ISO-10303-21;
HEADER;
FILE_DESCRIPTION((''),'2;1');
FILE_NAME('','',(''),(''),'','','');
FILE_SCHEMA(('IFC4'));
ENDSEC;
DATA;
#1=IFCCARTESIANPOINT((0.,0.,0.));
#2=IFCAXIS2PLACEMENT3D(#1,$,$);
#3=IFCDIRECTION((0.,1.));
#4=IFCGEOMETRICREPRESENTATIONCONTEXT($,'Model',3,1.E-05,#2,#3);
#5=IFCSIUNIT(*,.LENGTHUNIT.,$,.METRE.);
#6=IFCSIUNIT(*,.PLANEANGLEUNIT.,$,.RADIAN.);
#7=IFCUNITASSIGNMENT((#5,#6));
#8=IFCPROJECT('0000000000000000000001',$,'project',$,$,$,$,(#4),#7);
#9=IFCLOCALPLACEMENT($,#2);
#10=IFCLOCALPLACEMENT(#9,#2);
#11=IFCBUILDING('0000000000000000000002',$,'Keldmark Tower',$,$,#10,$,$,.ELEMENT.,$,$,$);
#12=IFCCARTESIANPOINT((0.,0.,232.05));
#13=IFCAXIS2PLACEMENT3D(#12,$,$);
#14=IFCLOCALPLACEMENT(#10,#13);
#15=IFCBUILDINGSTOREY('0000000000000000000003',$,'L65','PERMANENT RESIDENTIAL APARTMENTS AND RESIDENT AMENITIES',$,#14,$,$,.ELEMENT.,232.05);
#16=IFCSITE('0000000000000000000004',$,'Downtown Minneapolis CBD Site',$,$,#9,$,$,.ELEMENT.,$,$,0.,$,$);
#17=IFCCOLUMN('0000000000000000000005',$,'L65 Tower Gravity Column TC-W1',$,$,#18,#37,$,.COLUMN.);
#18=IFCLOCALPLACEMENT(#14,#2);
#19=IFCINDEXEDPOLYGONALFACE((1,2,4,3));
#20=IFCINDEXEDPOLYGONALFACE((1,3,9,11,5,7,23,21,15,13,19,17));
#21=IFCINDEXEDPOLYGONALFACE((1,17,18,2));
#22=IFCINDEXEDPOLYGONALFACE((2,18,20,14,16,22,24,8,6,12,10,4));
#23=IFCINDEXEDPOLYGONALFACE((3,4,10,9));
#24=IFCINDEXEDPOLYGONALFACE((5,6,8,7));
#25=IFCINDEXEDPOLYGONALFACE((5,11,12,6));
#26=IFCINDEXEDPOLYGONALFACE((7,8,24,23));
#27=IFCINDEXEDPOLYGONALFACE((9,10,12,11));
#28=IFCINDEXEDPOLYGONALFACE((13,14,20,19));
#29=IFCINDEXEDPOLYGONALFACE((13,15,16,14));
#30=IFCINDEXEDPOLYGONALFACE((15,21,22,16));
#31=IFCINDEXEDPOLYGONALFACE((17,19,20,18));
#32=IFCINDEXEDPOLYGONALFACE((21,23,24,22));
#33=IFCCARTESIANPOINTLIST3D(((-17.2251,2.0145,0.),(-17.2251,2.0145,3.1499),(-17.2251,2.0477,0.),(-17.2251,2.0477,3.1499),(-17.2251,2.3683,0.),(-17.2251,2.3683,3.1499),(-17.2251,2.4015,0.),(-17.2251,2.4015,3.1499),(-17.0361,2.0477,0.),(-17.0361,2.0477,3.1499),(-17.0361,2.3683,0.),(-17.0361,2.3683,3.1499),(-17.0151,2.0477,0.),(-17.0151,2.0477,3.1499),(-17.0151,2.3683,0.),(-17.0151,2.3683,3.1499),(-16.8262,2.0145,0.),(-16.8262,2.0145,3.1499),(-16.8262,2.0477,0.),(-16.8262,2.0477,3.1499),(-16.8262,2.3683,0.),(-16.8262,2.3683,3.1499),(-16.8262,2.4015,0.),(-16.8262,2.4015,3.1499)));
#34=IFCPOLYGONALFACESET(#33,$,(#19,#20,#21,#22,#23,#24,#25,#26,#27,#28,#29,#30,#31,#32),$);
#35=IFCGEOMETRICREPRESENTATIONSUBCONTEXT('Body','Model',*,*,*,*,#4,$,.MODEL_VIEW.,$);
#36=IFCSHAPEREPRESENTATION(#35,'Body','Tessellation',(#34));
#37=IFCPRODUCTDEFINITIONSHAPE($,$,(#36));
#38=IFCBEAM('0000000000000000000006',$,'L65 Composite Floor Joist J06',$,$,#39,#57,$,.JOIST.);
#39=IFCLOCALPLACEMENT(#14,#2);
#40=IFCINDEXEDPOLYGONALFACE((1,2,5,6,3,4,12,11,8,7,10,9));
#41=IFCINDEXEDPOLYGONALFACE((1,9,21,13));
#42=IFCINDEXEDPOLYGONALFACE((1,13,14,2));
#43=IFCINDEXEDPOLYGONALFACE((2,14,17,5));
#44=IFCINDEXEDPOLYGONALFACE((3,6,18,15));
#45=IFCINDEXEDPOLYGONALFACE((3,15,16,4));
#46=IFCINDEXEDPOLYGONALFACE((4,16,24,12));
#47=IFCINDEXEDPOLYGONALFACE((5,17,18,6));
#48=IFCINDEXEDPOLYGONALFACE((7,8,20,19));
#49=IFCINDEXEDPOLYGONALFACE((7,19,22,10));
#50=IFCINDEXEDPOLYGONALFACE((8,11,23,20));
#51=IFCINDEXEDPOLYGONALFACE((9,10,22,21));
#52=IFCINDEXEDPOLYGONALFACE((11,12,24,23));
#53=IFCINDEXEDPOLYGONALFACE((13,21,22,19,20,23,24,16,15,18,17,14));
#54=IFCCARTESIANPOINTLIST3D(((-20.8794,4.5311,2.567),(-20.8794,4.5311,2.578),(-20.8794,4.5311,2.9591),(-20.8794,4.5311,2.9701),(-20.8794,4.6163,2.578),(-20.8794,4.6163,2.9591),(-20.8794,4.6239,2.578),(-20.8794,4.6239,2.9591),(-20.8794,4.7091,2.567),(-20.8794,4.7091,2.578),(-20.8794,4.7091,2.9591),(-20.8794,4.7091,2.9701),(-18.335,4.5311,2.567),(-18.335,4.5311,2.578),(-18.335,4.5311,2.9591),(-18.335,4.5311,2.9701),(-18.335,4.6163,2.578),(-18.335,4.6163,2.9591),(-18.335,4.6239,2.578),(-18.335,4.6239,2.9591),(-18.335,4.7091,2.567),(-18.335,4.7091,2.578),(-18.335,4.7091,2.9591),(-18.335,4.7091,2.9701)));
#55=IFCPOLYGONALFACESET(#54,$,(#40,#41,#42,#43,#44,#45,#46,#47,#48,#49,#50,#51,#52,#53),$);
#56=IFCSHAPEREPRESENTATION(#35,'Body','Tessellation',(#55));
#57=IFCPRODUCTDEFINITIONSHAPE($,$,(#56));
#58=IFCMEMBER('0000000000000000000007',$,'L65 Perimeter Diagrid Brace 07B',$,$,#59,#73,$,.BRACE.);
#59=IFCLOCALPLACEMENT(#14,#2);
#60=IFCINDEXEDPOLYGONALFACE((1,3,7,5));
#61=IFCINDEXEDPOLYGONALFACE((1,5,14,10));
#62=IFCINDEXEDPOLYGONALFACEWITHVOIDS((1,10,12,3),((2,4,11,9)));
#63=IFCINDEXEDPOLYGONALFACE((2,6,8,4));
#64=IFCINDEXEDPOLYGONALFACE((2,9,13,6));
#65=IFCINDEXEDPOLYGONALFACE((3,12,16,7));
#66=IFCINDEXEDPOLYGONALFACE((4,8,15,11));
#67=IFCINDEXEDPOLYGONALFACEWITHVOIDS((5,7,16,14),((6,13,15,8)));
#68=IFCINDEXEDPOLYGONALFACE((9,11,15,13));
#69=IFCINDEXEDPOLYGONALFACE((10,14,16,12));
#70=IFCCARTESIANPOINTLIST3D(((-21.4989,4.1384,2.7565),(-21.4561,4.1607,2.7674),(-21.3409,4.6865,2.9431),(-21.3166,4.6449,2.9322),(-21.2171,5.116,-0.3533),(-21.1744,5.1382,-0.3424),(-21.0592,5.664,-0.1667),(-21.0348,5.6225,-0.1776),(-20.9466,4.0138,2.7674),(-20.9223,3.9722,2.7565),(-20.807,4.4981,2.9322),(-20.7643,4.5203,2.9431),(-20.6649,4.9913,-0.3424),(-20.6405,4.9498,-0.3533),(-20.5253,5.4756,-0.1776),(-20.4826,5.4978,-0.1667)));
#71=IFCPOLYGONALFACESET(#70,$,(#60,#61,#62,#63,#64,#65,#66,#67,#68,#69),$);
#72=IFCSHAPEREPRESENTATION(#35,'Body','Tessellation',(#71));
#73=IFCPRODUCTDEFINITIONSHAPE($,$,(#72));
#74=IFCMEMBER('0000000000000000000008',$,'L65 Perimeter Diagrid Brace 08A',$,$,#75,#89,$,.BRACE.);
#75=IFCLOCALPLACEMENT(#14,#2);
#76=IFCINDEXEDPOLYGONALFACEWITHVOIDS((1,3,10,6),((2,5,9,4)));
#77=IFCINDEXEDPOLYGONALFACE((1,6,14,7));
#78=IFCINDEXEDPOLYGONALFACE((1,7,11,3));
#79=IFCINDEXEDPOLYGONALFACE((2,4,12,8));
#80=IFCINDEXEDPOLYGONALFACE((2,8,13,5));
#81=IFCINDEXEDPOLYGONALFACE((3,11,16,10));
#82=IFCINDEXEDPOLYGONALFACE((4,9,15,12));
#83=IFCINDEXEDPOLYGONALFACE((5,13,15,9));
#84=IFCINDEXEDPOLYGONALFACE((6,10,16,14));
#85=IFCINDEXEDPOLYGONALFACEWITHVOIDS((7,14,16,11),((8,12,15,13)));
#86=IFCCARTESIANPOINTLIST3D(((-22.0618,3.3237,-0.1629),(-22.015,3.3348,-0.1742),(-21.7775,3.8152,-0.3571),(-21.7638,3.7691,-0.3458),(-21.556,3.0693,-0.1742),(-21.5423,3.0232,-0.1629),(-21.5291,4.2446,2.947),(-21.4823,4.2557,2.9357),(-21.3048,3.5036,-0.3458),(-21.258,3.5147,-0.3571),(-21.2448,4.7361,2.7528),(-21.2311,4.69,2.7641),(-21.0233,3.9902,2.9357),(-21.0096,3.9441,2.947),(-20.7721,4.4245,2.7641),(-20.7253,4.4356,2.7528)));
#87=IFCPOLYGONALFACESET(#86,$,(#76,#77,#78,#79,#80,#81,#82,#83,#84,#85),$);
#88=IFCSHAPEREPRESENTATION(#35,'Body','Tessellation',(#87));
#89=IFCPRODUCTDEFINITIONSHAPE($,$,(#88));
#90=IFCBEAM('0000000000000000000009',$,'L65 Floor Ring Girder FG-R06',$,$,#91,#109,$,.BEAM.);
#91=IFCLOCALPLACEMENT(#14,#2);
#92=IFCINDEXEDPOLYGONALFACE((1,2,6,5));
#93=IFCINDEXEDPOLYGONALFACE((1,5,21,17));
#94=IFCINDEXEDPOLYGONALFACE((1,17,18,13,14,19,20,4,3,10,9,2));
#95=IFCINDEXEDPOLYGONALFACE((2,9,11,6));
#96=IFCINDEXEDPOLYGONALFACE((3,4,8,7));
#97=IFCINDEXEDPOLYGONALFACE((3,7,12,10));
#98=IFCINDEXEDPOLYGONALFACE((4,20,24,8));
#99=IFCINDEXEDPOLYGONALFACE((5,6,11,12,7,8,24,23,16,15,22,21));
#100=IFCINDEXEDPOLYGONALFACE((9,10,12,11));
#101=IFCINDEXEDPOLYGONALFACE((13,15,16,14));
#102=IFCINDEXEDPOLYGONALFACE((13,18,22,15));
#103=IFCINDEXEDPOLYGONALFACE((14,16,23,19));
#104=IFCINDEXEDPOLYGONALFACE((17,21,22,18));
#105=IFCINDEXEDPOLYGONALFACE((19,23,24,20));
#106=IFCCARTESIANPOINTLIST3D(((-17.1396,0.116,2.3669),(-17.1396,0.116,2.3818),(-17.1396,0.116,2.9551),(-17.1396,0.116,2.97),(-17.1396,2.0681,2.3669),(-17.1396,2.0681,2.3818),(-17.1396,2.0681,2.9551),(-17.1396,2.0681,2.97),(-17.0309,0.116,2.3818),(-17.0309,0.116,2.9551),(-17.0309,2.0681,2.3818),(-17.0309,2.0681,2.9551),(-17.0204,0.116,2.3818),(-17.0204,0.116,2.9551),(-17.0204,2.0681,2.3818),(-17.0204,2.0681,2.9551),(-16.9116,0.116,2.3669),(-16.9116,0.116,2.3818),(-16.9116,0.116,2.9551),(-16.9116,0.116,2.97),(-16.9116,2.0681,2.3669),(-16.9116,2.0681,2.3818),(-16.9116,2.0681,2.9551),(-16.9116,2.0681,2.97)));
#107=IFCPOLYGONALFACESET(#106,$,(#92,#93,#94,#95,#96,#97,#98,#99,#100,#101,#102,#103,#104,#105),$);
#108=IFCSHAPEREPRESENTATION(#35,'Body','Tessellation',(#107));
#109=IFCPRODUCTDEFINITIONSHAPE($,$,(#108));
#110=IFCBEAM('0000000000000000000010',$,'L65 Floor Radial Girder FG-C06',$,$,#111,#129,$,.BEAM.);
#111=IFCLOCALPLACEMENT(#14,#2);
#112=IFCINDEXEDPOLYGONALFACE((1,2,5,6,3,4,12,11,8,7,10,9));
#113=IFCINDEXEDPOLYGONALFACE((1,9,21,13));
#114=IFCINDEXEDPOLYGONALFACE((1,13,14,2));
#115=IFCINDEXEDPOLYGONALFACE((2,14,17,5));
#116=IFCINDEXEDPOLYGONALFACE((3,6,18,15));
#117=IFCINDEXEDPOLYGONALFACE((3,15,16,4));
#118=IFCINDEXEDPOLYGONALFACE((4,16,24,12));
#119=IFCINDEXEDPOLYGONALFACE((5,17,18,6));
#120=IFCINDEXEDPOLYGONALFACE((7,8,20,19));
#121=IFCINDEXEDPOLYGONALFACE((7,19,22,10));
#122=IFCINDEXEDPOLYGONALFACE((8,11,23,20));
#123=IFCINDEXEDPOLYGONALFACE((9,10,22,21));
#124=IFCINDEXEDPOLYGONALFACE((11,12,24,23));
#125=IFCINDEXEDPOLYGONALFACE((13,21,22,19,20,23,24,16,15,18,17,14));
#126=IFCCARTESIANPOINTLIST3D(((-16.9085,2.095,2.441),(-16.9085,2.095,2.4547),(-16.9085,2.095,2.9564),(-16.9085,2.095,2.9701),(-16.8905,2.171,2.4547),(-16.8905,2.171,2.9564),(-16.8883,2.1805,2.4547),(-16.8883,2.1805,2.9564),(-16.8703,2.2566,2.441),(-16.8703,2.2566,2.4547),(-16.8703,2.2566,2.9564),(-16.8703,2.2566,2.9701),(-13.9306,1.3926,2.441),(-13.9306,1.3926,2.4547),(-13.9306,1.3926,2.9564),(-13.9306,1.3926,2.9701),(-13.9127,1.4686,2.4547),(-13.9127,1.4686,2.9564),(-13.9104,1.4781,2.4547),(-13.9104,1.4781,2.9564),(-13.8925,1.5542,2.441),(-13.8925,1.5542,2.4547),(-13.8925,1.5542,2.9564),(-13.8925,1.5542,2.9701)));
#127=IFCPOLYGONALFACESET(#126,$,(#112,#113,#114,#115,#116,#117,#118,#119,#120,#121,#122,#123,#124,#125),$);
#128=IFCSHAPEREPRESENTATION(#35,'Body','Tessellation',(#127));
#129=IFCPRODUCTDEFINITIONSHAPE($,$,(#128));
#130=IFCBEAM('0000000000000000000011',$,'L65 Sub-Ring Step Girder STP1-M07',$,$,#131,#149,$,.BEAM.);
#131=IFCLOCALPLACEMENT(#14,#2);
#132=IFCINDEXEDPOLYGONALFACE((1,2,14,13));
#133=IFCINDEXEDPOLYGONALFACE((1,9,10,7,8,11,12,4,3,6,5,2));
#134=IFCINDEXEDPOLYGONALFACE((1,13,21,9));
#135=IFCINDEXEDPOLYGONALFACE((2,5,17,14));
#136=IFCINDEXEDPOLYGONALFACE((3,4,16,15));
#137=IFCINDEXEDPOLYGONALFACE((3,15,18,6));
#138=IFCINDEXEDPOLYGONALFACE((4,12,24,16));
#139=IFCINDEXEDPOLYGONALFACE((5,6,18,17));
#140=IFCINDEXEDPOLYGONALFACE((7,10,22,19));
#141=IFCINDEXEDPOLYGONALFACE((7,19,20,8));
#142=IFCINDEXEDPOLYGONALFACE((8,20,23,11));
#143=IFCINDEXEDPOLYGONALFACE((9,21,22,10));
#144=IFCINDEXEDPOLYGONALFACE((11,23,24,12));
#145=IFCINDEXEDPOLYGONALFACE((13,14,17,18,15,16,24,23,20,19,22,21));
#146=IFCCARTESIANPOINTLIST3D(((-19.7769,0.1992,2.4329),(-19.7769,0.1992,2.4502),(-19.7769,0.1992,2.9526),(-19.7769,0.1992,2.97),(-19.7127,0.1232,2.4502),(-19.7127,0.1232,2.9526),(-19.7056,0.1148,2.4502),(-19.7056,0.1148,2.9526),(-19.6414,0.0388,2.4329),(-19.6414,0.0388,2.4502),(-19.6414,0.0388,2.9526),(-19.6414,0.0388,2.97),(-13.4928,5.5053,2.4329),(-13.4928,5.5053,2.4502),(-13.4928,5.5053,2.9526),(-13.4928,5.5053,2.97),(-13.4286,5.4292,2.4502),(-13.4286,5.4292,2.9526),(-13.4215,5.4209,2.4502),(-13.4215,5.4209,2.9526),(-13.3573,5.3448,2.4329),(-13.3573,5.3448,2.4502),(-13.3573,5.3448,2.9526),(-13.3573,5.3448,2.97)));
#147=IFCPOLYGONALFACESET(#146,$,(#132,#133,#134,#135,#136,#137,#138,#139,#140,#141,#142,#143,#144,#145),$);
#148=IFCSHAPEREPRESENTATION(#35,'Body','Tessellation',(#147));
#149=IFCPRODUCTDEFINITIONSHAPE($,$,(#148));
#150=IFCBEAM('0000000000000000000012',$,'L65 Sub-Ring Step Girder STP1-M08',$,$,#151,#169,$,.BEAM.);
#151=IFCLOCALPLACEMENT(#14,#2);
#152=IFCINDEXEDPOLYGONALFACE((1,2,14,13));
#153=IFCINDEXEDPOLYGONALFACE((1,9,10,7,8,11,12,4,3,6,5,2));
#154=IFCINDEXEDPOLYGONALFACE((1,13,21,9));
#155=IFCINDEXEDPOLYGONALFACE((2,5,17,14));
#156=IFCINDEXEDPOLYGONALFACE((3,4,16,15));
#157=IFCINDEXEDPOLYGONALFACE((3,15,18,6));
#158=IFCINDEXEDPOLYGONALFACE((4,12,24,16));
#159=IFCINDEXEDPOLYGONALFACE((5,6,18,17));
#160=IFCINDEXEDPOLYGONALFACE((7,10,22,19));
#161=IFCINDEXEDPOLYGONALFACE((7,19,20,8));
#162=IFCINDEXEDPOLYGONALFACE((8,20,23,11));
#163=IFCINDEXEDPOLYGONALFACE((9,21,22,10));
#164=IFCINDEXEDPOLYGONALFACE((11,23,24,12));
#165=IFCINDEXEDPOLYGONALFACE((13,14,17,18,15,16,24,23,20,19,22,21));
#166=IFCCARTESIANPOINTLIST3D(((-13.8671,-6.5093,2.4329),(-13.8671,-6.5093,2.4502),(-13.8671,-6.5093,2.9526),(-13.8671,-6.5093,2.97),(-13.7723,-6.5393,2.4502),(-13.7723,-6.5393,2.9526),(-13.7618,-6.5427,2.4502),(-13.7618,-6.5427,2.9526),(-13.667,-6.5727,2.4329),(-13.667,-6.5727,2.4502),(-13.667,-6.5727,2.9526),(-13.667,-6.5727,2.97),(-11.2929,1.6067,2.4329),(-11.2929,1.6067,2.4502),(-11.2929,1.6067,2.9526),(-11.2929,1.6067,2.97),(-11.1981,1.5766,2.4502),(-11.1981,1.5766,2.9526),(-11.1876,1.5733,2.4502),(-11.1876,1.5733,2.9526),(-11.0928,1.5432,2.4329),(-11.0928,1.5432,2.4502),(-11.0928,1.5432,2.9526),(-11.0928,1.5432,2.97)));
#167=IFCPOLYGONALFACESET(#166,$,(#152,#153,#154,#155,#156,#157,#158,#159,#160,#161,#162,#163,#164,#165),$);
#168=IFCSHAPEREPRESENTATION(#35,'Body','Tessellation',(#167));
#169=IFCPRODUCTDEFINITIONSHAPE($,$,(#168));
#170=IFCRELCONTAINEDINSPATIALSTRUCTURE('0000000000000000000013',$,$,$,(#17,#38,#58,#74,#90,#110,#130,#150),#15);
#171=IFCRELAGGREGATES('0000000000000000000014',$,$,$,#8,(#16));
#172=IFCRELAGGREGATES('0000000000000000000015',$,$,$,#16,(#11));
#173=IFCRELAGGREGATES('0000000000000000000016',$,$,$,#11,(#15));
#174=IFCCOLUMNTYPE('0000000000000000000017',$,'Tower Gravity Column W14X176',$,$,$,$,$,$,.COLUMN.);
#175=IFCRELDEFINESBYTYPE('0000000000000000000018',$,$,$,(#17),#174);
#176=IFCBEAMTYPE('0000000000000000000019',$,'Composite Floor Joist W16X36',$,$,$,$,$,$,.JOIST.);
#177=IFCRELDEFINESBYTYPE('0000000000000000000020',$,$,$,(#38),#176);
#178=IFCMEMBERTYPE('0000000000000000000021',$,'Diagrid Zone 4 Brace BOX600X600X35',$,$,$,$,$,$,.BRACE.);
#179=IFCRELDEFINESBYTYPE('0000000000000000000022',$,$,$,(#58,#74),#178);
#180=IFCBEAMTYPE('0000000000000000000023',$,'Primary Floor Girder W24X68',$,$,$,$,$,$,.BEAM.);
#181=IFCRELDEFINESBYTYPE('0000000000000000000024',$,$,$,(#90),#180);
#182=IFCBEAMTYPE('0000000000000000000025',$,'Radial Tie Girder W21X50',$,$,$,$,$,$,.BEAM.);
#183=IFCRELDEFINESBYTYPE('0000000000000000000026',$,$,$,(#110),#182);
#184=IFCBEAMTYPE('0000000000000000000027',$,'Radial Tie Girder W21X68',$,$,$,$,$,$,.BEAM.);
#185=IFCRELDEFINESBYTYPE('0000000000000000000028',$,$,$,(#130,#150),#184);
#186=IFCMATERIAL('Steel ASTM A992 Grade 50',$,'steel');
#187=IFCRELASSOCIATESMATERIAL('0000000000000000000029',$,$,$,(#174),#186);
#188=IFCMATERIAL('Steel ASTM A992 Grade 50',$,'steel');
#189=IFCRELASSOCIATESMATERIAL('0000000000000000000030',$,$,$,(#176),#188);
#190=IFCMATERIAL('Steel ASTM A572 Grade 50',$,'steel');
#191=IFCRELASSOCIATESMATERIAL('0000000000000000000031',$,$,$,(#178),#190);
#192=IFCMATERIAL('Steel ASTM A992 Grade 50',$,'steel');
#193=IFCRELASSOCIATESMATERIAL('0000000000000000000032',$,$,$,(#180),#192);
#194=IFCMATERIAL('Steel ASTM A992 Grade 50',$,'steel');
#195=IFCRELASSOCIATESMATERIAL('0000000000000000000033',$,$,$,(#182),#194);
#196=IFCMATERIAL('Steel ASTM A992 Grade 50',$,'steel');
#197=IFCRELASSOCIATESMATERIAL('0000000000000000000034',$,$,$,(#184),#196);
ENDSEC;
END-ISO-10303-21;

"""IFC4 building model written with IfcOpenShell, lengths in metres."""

from ifc_helpers import new_model, si_unit, direction, frame, origin, origin_2d, place, context, subcontext, project, spatial, hollow_rectangle, i_section, extrude, material, material_profile, profile_set, type_object, element, save


model = new_model("IFC4")

# Units and contexts
model_context = context("Model", 3, precision=1e-05, world=origin(), true_north=direction((0.0, 1.0)))
body_context = subcontext(model_context, "Body", "Model", "MODEL_VIEW")
ifc_project = project(units=[si_unit("LENGTHUNIT", "METRE"), si_unit("PLANEANGLEUNIT", "RADIAN")], contexts=[model_context])

# Site, building, storey
site_placement = place(None, origin())
site = spatial("IfcSite", under=ifc_project, at=site_placement, Name="Downtown Minneapolis CBD Site", CompositionType="ELEMENT", RefElevation=0.0)
building_placement = place(site_placement, origin())
building = spatial("IfcBuilding", under=site, at=building_placement, Name="Keldmark Tower", CompositionType="ELEMENT")
storey_placement = place(building_placement, frame((0.0, 0.0, 232.05)))
storey = spatial("IfcBuildingStorey", under=building, at=storey_placement, Name="L65", Description="PERMANENT RESIDENTIAL APARTMENTS AND RESIDENT AMENITIES", CompositionType="ELEMENT", Elevation=232.05)

# Column
ifc_material_1 = material(Name="Steel ASTM A992 Grade 50", Category="steel")
ifc_material_profile_1 = material_profile(ifc_material_1, i_section(OverallWidth=0.3989, OverallDepth=0.387, WebThickness=0.021, FlangeThickness=0.0332, at=origin_2d()), Name="W14X176")
ifc_profile_set_1 = profile_set([ifc_material_profile_1], Name="Steel ASTM A992 Grade 50")
column_type = type_object("IfcColumnType", Name="Tower Gravity Column W14X176", PredefinedType="COLUMN", material=ifc_profile_set_1)
column_placement = place(storey_placement, frame((-17.0256, 2.208, 0.0), z_axis=(0.0, 0.0, 1.0), x_axis=(1.0, 0.0, 0.0)))
element("IfcColumn", 1, at=column_placement, inside=storey, type_object=column_type, Name="L65 Tower Gravity Column TC-W1", PredefinedType="COLUMN", context=body_context, shape_type="SweptSolid", body=[
    extrude(i_section(OverallWidth=0.3989, OverallDepth=0.387, WebThickness=0.021, FlangeThickness=0.0332, at=origin_2d()), origin(), (0.0, 0.0, 1.0), 3.1499),
])

# Beam
ifc_material_2 = material(Name="Steel ASTM A992 Grade 50", Category="steel")
ifc_material_profile_2 = material_profile(ifc_material_2, i_section(OverallWidth=0.178, OverallDepth=0.4031, WebThickness=0.0076, FlangeThickness=0.011, at=origin_2d()), Name="W16X36")
ifc_profile_set_2 = profile_set([ifc_material_profile_2], Name="Steel ASTM A992 Grade 50")
beam_type_1 = type_object("IfcBeamType", Name="Composite Floor Joist W16X36", PredefinedType="JOIST", material=ifc_profile_set_2)
beam_1_placement = place(storey_placement, frame((-20.8794, 4.6201, 2.7686), z_axis=(1.0, 0.0, 0.0), x_axis=(0.0, 1.0, 0.0)))
element("IfcBeam", 2, at=beam_1_placement, inside=storey, type_object=beam_type_1, Name="L65 Composite Floor Joist J06", PredefinedType="JOIST", context=body_context, shape_type="SweptSolid", body=[
    extrude(i_section(OverallWidth=0.178, OverallDepth=0.4031, WebThickness=0.0076, FlangeThickness=0.011, at=origin_2d()), origin(), (0.0, 0.0, 1.0), 2.5444),
])

# Members
ifc_material_3 = material(Name="Steel ASTM A572 Grade 50", Category="steel")
ifc_material_profile_3 = material_profile(ifc_material_3, hollow_rectangle(XDim=0.6001, YDim=0.6001, WallThickness=0.0349, at=origin_2d()), Name="BOX600X600X35")
ifc_profile_set_3 = profile_set([ifc_material_profile_3], Name="Steel ASTM A572 Grade 50")
member_type = type_object("IfcMemberType", Name="Diagrid Zone 4 Brace BOX600X600X35", PredefinedType="BRACE", material=ifc_profile_set_3)
member_1_placement = place(storey_placement, frame((-20.8499, 5.3069, -0.26), z_axis=(-0.086105, -0.298756, 0.950437), x_axis=(0.960887, -0.276939, 0.0)))
element("IfcMember", 3, at=member_1_placement, inside=storey, type_object=member_type, Name="L65 Perimeter Diagrid Brace 07B", PredefinedType="BRACE", context=body_context, shape_type="SweptSolid", body=[
    extrude(hollow_rectangle(XDim=0.6001, YDim=0.6001, WallThickness=0.0349, at=origin_2d()), origin(), (0.0, 0.0, 1.0), 3.272),
])
member_2_placement = place(storey_placement, frame((-21.6599, 3.4192, -0.26), z_axis=(0.162077, 0.28018, 0.946166), x_axis=(-0.865604, 0.500729, 0.0)))
element("IfcMember", 4, at=member_2_placement, inside=storey, type_object=member_type, Name="L65 Perimeter Diagrid Brace 08A", PredefinedType="BRACE", context=body_context, shape_type="SweptSolid", body=[
    extrude(hollow_rectangle(XDim=0.6001, YDim=0.6001, WallThickness=0.0349, at=origin_2d()), origin(), (0.0, 0.0, 1.0), 3.2869),
])

# Beams
ifc_material_4 = material(Name="Steel ASTM A992 Grade 50", Category="steel")
ifc_material_profile_4 = material_profile(ifc_material_4, i_section(OverallWidth=0.228, OverallDepth=0.603, WebThickness=0.0105, FlangeThickness=0.0149, at=origin_2d()), Name="W24X68")
ifc_profile_set_4 = profile_set([ifc_material_profile_4], Name="Steel ASTM A992 Grade 50")
beam_type_2 = type_object("IfcBeamType", Name="Primary Floor Girder W24X68", PredefinedType="BEAM", material=ifc_profile_set_4)
beam_2_placement = place(storey_placement, frame((-17.0256, 2.0681, 2.6685), z_axis=(0.0, -1.0, 0.0), x_axis=(1.0, 0.0, 0.0)))
element("IfcBeam", 5, at=beam_2_placement, inside=storey, type_object=beam_type_2, Name="L65 Floor Ring Girder FG-R06", PredefinedType="BEAM", context=body_context, shape_type="SweptSolid", body=[
    extrude(i_section(OverallWidth=0.228, OverallDepth=0.603, WebThickness=0.0105, FlangeThickness=0.0149, at=origin_2d()), origin(), (0.0, 0.0, 1.0), 1.9521),
])
ifc_material_5 = material(Name="Steel ASTM A992 Grade 50", Category="steel")
ifc_material_profile_5 = material_profile(ifc_material_5, i_section(OverallWidth=0.166, OverallDepth=0.5291, WebThickness=0.0098, FlangeThickness=0.0137, at=origin_2d()), Name="W21X50")
ifc_profile_set_5 = profile_set([ifc_material_profile_5], Name="Steel ASTM A992 Grade 50")
beam_type_3 = type_object("IfcBeamType", Name="Radial Tie Girder W21X50", PredefinedType="BEAM", material=ifc_profile_set_5)
beam_3_placement = place(storey_placement, frame((-16.8894, 2.1758, 2.7056), z_axis=(0.97329, -0.229577, 0.0), x_axis=(0.229577, 0.97329, 0.0)))
element("IfcBeam", 6, at=beam_3_placement, inside=storey, type_object=beam_type_3, Name="L65 Floor Radial Girder FG-C06", PredefinedType="BEAM", context=body_context, shape_type="SweptSolid", body=[
    extrude(i_section(OverallWidth=0.166, OverallDepth=0.5291, WebThickness=0.0098, FlangeThickness=0.0137, at=origin_2d()), origin(), (0.0, 0.0, 1.0), 3.0596),
])
ifc_material_6 = material(Name="Steel ASTM A992 Grade 50", Category="steel")
ifc_material_profile_6 = material_profile(ifc_material_6, i_section(OverallWidth=0.21, OverallDepth=0.5371, WebThickness=0.011, FlangeThickness=0.0173, at=origin_2d()), Name="W21X68")
ifc_profile_set_6 = profile_set([ifc_material_profile_6], Name="Steel ASTM A992 Grade 50")
beam_type_4 = type_object("IfcBeamType", Name="Radial Tie Girder W21X68", PredefinedType="BEAM", material=ifc_profile_set_6)
beam_4_placement = place(storey_placement, frame((-13.425, 5.425, 2.7014), z_axis=(-0.764059, -0.645146, 0.0), x_axis=(0.645146, -0.764059, 0.0)))
element("IfcBeam", 7, at=beam_4_placement, inside=storey, type_object=beam_type_4, Name="L65 Sub-Ring Step Girder STP1-M07", PredefinedType="BEAM", context=body_context, shape_type="SweptSolid", body=[
    extrude(i_section(OverallWidth=0.21, OverallDepth=0.5371, WebThickness=0.011, FlangeThickness=0.0173, at=origin_2d()), origin(), (0.0, 0.0, 1.0), 8.2246),
])
beam_5_placement = place(storey_placement, frame((-11.1929, 1.575, 2.7014), z_axis=(-0.302336, -0.953201, 0.0), x_axis=(0.953201, -0.302336, 0.0)))
element("IfcBeam", 8, at=beam_5_placement, inside=storey, type_object=beam_type_4, Name="L65 Sub-Ring Step Girder STP1-M08", PredefinedType="BEAM", context=body_context, shape_type="SweptSolid", body=[
    extrude(i_section(OverallWidth=0.21, OverallDepth=0.5371, WebThickness=0.011, FlangeThickness=0.0173, at=origin_2d()), origin(), (0.0, 0.0, 1.0), 8.5144),
])

save(model, "model.ifc")
